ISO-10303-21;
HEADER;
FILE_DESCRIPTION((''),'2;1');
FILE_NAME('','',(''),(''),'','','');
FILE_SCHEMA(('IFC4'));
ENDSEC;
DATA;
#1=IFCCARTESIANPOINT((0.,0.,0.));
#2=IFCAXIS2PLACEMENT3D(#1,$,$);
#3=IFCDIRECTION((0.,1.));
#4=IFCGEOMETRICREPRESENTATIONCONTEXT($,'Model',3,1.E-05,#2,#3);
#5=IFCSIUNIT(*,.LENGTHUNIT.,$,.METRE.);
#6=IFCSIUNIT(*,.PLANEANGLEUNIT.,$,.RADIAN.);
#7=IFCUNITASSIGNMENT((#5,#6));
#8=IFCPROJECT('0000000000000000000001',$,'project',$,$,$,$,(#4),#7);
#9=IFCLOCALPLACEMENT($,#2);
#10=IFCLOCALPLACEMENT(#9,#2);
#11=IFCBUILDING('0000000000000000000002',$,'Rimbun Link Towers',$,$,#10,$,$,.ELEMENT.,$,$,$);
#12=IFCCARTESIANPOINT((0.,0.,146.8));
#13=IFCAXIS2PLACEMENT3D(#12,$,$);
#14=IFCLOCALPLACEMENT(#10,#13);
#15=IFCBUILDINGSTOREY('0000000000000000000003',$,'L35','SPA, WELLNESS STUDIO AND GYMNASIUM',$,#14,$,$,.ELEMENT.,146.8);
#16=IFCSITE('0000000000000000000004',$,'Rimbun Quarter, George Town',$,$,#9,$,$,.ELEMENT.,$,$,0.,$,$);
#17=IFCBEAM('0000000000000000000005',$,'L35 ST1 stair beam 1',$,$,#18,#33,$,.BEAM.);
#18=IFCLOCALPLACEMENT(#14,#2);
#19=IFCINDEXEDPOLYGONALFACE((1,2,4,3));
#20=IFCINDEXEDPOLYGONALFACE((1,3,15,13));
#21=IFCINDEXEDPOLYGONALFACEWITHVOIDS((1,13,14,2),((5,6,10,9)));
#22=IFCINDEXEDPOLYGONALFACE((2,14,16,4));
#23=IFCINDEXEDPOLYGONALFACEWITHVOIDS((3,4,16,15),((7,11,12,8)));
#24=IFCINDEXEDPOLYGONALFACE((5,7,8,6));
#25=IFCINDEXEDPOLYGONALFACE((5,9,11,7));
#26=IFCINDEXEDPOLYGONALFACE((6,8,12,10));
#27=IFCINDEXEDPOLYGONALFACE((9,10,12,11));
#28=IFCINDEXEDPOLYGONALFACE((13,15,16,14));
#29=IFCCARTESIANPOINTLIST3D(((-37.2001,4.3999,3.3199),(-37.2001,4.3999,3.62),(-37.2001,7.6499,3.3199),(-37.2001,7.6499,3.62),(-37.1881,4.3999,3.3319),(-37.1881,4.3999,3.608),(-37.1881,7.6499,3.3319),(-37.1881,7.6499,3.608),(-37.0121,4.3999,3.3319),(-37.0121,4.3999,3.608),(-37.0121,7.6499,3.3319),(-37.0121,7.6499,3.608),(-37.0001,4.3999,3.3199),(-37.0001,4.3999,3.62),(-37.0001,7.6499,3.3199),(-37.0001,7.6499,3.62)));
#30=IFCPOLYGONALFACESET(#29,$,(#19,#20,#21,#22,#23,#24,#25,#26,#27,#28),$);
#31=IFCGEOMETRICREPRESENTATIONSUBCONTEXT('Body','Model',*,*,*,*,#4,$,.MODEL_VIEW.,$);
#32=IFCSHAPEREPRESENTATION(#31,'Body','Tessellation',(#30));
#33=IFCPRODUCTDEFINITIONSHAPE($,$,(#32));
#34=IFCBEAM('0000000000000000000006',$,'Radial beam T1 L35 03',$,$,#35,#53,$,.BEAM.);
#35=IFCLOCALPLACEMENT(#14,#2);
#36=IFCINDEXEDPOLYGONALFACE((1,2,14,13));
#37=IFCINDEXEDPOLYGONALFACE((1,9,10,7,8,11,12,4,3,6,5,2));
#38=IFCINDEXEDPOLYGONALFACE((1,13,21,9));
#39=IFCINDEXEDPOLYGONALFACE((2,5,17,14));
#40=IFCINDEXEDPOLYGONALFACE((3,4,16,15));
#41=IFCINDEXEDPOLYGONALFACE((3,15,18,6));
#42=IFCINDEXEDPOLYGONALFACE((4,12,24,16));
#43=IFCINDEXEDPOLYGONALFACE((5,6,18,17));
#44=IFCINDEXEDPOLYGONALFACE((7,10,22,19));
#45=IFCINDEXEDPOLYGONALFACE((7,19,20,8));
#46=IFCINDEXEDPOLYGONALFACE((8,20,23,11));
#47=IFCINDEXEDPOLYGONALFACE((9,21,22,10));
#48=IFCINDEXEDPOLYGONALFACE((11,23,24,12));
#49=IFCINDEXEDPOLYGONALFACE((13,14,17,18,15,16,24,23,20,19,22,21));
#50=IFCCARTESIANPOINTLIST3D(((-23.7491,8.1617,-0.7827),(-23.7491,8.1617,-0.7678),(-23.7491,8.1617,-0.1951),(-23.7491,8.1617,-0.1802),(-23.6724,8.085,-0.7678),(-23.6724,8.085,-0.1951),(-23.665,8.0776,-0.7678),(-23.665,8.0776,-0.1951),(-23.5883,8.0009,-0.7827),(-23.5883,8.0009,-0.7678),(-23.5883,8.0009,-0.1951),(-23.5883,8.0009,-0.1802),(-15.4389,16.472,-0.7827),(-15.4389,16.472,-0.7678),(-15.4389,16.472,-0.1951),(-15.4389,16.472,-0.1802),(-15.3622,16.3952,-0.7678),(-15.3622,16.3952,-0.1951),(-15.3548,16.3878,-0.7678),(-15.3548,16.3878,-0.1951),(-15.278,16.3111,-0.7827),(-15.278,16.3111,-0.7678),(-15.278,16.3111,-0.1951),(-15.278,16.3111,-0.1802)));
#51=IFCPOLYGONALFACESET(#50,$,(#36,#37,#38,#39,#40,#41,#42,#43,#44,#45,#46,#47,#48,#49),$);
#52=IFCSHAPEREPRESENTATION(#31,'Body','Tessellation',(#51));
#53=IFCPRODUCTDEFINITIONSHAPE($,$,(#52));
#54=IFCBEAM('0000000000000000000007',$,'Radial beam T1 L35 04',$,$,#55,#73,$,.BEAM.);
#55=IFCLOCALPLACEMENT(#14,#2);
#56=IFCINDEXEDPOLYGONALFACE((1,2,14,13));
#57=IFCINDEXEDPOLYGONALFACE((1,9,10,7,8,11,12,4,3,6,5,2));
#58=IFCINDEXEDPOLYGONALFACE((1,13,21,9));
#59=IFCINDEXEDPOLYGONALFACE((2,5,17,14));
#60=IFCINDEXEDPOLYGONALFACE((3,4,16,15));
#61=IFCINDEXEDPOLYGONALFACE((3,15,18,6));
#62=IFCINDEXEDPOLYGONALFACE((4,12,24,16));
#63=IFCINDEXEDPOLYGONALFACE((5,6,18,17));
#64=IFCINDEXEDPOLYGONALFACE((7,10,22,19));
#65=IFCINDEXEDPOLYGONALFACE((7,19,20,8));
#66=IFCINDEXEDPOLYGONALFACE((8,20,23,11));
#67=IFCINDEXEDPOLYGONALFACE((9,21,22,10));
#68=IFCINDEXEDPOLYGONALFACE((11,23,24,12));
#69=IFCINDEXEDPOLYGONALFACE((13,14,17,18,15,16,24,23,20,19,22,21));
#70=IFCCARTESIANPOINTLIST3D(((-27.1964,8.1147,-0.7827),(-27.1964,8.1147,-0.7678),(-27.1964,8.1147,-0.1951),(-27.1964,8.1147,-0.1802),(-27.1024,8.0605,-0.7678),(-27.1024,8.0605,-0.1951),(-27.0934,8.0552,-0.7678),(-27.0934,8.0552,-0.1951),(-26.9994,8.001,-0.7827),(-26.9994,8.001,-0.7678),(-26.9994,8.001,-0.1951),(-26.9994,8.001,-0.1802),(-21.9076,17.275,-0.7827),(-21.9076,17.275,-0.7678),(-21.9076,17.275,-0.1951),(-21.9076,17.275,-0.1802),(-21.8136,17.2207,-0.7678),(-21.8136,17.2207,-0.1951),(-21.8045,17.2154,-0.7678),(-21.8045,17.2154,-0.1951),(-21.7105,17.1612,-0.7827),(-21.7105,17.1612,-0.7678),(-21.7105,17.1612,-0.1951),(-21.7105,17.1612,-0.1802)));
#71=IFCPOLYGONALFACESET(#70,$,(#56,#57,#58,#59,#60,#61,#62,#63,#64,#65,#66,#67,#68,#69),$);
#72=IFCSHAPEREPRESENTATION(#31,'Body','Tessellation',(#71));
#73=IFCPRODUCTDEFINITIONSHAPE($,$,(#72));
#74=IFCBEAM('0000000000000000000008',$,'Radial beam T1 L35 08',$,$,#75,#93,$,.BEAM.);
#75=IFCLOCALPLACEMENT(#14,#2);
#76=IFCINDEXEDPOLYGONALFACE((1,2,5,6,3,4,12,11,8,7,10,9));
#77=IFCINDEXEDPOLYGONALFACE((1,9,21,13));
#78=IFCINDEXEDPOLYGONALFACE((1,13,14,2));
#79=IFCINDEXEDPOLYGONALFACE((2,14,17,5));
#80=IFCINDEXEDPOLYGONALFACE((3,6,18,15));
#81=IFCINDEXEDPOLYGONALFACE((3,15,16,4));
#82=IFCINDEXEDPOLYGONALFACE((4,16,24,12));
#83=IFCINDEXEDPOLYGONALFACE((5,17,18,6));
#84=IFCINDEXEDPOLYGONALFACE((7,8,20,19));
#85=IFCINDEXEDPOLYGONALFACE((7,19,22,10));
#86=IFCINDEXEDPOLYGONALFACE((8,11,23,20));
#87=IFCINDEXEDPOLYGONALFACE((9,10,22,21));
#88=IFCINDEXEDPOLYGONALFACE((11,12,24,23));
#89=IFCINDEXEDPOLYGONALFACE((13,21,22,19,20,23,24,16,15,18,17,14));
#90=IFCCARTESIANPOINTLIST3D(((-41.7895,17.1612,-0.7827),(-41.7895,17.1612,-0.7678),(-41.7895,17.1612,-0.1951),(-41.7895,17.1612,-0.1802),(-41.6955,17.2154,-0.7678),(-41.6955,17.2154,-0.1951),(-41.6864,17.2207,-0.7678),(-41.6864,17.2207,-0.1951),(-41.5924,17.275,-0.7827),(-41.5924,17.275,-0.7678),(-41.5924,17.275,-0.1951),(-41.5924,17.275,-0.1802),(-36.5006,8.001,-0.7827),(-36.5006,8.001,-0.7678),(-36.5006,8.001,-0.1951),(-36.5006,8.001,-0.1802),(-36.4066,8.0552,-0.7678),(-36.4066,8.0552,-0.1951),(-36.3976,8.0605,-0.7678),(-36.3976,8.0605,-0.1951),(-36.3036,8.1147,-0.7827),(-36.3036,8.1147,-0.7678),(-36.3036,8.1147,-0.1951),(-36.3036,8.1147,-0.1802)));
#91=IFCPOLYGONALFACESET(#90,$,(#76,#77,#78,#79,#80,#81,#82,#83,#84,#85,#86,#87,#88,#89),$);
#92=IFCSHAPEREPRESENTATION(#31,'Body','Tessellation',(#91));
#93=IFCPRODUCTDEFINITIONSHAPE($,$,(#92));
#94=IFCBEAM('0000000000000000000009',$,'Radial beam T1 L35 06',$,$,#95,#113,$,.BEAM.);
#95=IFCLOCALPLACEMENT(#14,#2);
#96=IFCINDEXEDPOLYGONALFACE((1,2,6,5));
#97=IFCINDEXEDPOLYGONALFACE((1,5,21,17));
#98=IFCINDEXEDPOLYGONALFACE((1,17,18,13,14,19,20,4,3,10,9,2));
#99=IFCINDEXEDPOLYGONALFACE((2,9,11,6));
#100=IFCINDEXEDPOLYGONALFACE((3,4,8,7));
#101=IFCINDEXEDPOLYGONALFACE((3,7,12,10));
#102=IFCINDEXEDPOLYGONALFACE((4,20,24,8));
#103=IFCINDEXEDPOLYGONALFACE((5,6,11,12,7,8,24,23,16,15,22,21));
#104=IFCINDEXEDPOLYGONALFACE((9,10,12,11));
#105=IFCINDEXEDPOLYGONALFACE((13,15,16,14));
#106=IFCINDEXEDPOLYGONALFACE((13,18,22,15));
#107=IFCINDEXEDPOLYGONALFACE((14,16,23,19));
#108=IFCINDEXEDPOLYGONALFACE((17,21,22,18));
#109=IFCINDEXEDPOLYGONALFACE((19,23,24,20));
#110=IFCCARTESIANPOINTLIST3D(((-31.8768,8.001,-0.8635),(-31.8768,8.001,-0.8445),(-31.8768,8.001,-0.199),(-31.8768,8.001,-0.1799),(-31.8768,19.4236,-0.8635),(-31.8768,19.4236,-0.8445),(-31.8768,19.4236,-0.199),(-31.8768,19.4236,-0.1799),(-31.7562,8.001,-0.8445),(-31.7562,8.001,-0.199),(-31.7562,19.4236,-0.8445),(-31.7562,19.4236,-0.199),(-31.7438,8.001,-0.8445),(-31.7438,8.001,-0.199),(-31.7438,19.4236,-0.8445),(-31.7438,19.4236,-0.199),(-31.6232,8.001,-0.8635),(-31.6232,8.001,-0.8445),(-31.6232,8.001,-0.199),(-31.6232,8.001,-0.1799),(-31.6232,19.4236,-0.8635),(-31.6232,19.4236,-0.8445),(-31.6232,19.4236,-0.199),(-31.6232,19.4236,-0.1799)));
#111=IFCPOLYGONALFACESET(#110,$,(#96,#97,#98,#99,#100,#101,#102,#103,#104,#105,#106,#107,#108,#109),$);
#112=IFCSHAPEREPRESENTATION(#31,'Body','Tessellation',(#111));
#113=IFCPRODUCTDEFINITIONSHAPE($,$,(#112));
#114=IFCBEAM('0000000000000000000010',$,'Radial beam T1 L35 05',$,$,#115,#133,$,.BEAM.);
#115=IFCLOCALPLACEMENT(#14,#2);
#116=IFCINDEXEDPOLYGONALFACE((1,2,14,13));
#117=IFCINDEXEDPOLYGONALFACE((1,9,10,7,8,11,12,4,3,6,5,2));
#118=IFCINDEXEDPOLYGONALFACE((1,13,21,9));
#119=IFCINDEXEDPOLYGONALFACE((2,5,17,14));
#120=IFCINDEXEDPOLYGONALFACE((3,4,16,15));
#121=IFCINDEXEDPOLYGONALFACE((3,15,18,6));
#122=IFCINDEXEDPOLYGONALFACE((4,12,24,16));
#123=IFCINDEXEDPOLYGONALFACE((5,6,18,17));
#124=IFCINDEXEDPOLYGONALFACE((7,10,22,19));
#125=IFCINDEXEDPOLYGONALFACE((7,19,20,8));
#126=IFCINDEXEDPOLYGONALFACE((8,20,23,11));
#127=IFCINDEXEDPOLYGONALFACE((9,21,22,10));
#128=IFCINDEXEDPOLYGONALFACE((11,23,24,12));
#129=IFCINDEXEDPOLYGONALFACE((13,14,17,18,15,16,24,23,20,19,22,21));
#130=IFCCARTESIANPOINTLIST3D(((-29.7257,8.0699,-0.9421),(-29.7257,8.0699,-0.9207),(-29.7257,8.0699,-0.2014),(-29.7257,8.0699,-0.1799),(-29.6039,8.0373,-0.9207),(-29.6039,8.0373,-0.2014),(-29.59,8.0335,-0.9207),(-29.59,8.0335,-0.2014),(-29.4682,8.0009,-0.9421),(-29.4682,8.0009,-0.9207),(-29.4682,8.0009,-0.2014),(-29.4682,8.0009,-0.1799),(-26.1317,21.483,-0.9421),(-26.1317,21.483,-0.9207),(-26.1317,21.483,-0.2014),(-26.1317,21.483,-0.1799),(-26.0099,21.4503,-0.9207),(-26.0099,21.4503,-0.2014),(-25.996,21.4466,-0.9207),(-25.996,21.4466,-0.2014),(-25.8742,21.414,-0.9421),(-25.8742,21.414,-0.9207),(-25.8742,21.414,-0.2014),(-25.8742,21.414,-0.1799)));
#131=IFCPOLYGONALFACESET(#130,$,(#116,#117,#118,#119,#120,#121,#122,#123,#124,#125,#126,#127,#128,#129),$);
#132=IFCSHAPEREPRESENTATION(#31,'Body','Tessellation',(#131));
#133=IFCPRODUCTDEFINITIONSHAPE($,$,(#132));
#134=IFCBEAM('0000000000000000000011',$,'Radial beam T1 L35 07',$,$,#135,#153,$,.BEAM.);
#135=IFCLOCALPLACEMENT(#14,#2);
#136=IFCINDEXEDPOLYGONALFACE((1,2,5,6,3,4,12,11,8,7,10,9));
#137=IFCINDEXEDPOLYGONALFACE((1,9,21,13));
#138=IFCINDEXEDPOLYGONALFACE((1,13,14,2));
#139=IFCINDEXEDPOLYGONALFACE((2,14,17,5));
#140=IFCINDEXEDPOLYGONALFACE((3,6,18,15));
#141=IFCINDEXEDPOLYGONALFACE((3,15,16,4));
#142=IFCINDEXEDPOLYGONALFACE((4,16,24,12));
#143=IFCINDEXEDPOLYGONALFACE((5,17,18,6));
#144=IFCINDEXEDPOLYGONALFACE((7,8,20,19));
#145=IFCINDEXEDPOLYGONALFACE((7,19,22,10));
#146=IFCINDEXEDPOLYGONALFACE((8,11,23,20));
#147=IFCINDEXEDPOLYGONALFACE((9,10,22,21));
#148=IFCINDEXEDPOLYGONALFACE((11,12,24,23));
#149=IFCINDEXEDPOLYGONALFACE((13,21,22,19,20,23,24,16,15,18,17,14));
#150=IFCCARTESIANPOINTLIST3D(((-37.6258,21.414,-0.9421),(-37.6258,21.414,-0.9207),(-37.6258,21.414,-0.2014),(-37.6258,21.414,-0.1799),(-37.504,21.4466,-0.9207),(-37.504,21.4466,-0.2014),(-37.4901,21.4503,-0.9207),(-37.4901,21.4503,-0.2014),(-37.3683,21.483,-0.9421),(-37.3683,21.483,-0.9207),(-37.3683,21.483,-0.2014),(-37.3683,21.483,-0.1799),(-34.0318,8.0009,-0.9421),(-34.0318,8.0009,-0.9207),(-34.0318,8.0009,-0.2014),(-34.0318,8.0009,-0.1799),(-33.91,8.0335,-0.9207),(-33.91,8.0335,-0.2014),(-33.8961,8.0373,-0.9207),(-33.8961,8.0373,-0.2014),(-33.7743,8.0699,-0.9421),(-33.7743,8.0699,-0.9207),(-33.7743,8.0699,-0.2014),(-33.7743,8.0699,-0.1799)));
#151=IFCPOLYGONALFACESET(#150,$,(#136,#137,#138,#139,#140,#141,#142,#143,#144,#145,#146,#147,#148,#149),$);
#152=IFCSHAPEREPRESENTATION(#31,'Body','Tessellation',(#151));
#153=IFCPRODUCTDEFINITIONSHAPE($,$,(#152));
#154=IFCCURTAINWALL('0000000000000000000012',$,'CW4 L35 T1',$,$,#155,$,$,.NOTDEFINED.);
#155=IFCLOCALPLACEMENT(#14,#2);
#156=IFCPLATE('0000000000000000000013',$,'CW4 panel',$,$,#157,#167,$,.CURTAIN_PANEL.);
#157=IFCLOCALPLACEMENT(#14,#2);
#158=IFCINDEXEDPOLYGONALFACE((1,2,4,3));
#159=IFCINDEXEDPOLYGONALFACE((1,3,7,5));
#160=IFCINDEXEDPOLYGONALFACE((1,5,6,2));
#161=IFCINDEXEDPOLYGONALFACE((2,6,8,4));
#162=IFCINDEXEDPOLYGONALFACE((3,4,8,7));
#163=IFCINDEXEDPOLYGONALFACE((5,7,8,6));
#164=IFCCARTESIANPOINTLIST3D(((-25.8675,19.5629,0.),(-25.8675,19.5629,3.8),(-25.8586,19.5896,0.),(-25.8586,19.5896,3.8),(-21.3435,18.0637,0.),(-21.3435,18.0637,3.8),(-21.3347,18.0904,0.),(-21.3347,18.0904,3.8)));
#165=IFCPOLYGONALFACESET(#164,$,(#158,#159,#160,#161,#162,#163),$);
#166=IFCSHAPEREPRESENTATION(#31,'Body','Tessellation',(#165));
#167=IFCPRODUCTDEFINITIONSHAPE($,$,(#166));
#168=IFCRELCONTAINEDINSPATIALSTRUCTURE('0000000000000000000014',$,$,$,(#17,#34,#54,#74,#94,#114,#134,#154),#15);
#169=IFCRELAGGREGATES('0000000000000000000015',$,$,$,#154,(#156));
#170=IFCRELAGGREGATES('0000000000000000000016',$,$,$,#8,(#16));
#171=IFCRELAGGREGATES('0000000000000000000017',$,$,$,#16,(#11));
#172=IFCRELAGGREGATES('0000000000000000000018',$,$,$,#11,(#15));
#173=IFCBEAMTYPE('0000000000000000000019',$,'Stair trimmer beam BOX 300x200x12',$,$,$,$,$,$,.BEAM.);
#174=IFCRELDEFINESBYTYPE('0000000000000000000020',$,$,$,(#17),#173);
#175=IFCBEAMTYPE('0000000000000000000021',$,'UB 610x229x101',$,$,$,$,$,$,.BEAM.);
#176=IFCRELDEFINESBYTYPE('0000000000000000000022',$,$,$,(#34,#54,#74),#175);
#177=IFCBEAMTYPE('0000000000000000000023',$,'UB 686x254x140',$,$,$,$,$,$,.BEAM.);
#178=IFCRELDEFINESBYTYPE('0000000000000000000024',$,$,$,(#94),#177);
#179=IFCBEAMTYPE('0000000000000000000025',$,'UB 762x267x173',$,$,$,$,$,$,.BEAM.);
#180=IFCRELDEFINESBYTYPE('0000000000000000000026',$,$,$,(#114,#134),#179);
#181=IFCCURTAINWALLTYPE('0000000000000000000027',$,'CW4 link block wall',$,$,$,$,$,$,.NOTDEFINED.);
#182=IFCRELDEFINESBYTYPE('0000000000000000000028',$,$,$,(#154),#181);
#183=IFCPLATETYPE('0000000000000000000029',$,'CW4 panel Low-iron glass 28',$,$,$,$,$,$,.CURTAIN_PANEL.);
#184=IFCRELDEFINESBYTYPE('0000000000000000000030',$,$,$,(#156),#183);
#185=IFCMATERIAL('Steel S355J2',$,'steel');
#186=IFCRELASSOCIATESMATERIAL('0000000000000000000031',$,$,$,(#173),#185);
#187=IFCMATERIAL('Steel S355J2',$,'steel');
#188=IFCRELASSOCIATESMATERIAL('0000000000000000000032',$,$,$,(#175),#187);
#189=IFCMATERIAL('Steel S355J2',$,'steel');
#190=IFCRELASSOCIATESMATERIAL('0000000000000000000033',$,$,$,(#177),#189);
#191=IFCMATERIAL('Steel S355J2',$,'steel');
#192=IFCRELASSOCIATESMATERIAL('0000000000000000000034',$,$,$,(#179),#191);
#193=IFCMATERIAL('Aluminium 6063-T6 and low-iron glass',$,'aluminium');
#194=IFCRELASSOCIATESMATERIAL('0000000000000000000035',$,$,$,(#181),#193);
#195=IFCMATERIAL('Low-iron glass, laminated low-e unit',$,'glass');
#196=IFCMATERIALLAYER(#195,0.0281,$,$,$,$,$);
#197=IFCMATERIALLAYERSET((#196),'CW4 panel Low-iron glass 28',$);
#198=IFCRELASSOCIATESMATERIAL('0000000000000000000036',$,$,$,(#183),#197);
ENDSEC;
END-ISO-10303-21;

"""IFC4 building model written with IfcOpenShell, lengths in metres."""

from ifc_helpers import new_model, si_unit, direction, frame, origin, origin_2d, place, context, subcontext, project, spatial, rectangle, hollow_rectangle, i_section, extrude, material, layer, layer_set, material_profile, profile_set, type_object, element, aggregate, save


model = new_model("IFC4")

# Units and contexts
model_context = context("Model", 3, precision=1e-05, world=origin(), true_north=direction((0.0, 1.0)))
body_context = subcontext(model_context, "Body", "Model", "MODEL_VIEW")
ifc_project = project(units=[si_unit("LENGTHUNIT", "METRE"), si_unit("PLANEANGLEUNIT", "RADIAN")], contexts=[model_context])

# Site, building, storey
site_placement = place(None, origin())
site = spatial("IfcSite", under=ifc_project, at=site_placement, Name="Rimbun Quarter, George Town", CompositionType="ELEMENT", RefElevation=0.0)
building_placement = place(site_placement, origin())
building = spatial("IfcBuilding", under=site, at=building_placement, Name="Rimbun Link Towers", CompositionType="ELEMENT")
storey_placement = place(building_placement, frame((0.0, 0.0, 146.8)))
storey = spatial("IfcBuildingStorey", under=building, at=storey_placement, Name="L35", Description="SPA, WELLNESS STUDIO AND GYMNASIUM", CompositionType="ELEMENT", Elevation=146.8)

# Beams
ifc_material_1 = material(Name="Steel S355J2", Category="steel")
ifc_material_profile_1 = material_profile(ifc_material_1, hollow_rectangle(XDim=0.2, YDim=0.3, WallThickness=0.012, at=origin_2d()), Name="BOX 300x200x12")
ifc_profile_set_1 = profile_set([ifc_material_profile_1], Name="Steel S355J2")
beam_type_1 = type_object("IfcBeamType", Name="Stair trimmer beam BOX 300x200x12", PredefinedType="BEAM", material=ifc_profile_set_1)
beam_1_placement = place(storey_placement, frame((-37.1001, 7.6499, 3.47), z_axis=(0.0, -1.0, 0.0), x_axis=(1.0, 0.0, 0.0)))
element("IfcBeam", 1, at=beam_1_placement, inside=storey, type_object=beam_type_1, Name="L35 ST1 stair beam 1", PredefinedType="BEAM", context=body_context, shape_type="SweptSolid", body=[
    extrude(hollow_rectangle(XDim=0.2, YDim=0.3, WallThickness=0.012, at=origin_2d()), origin(), (0.0, 0.0, 1.0), 3.25),
])
ifc_material_2 = material(Name="Steel S355J2", Category="steel")
ifc_material_profile_2 = material_profile(ifc_material_2, i_section(OverallWidth=0.2275, OverallDepth=0.6025, WebThickness=0.0105, FlangeThickness=0.0149, at=origin_2d()), Name="UB 610x229x101")
ifc_profile_set_2 = profile_set([ifc_material_profile_2], Name="Steel S355J2")
beam_type_2 = type_object("IfcBeamType", Name="UB 610x229x101", PredefinedType="BEAM", material=ifc_profile_set_2)
beam_2_placement = place(storey_placement, frame((-23.6687, 8.0813, -0.4814), z_axis=(0.707107, 0.707107, 0.0), x_axis=(-0.707107, 0.707107, 0.0)))
element("IfcBeam", 2, at=beam_2_placement, inside=storey, type_object=beam_type_2, Name="Radial beam T1 L35 03", PredefinedType="BEAM", context=body_context, shape_type="SweptSolid", body=[
    extrude(i_section(OverallWidth=0.2275, OverallDepth=0.6025, WebThickness=0.0105, FlangeThickness=0.0149, at=origin_2d()), origin(), (0.0, 0.0, 1.0), 11.7524),
])
for number, where, z_axis, x_axis, name in (
    (3, (-27.0979, 8.0579, -0.4814), (0.500014, 0.866017, 0.0), (-0.866017, 0.500014, 0.0), "Radial beam T1 L35 04"),
    (4, (-36.4021, 8.0579, -0.4814), (-0.500014, 0.866017, 0.0), (-0.866017, -0.500014, 0.0), "Radial beam T1 L35 08"),
):
    element("IfcBeam", number, at=place(storey_placement, frame(where, z_axis=z_axis, x_axis=x_axis)), inside=storey, type_object=beam_type_2, Name=name, PredefinedType="BEAM", context=body_context, shape_type="SweptSolid", body=[
        extrude(i_section(OverallWidth=0.2275, OverallDepth=0.6025, WebThickness=0.0105, FlangeThickness=0.0149, at=origin_2d()), origin(), (0.0, 0.0, 1.0), 10.5774),
    ])
ifc_material_3 = material(Name="Steel S355J2", Category="steel")
ifc_material_profile_3 = material_profile(ifc_material_3, i_section(OverallWidth=0.2537, OverallDepth=0.6836, WebThickness=0.0125, FlangeThickness=0.019, at=origin_2d()), Name="UB 686x254x140")
ifc_profile_set_3 = profile_set([ifc_material_profile_3], Name="Steel S355J2")
beam_type_3 = type_object("IfcBeamType", Name="UB 686x254x140", PredefinedType="BEAM", material=ifc_profile_set_3)
beam_3_placement = place(storey_placement, frame((-31.75, 8.001, -0.5217), z_axis=(0.0, 1.0, 0.0), x_axis=(-1.0, 0.0, 0.0)))
element("IfcBeam", 5, at=beam_3_placement, inside=storey, type_object=beam_type_3, Name="Radial beam T1 L35 06", PredefinedType="BEAM", context=body_context, shape_type="SweptSolid", body=[
    extrude(i_section(OverallWidth=0.2537, OverallDepth=0.6836, WebThickness=0.0125, FlangeThickness=0.019, at=origin_2d()), origin(), (0.0, 0.0, 1.0), 11.4226),
])
ifc_material_4 = material(Name="Steel S355J2", Category="steel")
ifc_material_profile_4 = material_profile(ifc_material_4, i_section(OverallWidth=0.2666, OverallDepth=0.7622, WebThickness=0.0144, FlangeThickness=0.0215, at=origin_2d()), Name="UB 762x267x173")
ifc_profile_set_4 = profile_set([ifc_material_profile_4], Name="Steel S355J2")
beam_type_4 = type_object("IfcBeamType", Name="UB 762x267x173", PredefinedType="BEAM", material=ifc_profile_set_4)
for number, where, z_axis, x_axis, name in (
    (6, (-29.5969, 8.0354, -0.561), (0.258817, 0.965926, 0.0), (-0.965926, 0.258817, 0.0), "Radial beam T1 L35 05"),
    (7, (-33.9031, 8.0354, -0.561), (-0.258817, 0.965926, 0.0), (-0.965926, -0.258817, 0.0), "Radial beam T1 L35 07"),
):
    element("IfcBeam", number, at=place(storey_placement, frame(where, z_axis=z_axis, x_axis=x_axis)), inside=storey, type_object=beam_type_4, Name=name, PredefinedType="BEAM", context=body_context, shape_type="SweptSolid", body=[
        extrude(i_section(OverallWidth=0.2666, OverallDepth=0.7622, WebThickness=0.0144, FlangeThickness=0.0215, at=origin_2d()), origin(), (0.0, 0.0, 1.0), 13.8862),
    ])

# Curtain wall, plate
ifc_material_5 = material(Name="Aluminium 6063-T6 and low-iron glass", Category="aluminium")
curtain_wall_type = type_object("IfcCurtainWallType", Name="CW4 link block wall", PredefinedType="NOTDEFINED", material=ifc_material_5)
curtain_wall_placement = place(storey_placement, origin())
curtain_wall = element("IfcCurtainWall", 8, at=curtain_wall_placement, inside=storey, type_object=curtain_wall_type, Name="CW4 L35 T1", PredefinedType="NOTDEFINED")
ifc_material_6 = material(Name="Low-iron glass, laminated low-e unit", Category="glass")
ifc_layer_1 = layer(ifc_material_6, 0.0281)
ifc_layer_set_1 = layer_set([ifc_layer_1], Name="CW4 panel Low-iron glass 28")
plate_type = type_object("IfcPlateType", Name="CW4 panel Low-iron glass 28", PredefinedType="CURTAIN_PANEL", material=ifc_layer_set_1)
plate_placement = place(storey_placement, frame((-23.6011, 18.8267, 0.0), z_axis=(0.0, 0.0, 1.0), x_axis=(0.949235, -0.314568, 0.0)))
plate = element("IfcPlate", 9, at=plate_placement, type_object=plate_type, Name="CW4 panel", PredefinedType="CURTAIN_PANEL", context=body_context, shape_type="SweptSolid", body=[
    extrude(rectangle(XDim=4.7659, YDim=0.0281, at=origin_2d()), origin(), (0.0, 0.0, 1.0), 3.8),
])
aggregate(curtain_wall, [plate])

save(model, "model.ifc")
